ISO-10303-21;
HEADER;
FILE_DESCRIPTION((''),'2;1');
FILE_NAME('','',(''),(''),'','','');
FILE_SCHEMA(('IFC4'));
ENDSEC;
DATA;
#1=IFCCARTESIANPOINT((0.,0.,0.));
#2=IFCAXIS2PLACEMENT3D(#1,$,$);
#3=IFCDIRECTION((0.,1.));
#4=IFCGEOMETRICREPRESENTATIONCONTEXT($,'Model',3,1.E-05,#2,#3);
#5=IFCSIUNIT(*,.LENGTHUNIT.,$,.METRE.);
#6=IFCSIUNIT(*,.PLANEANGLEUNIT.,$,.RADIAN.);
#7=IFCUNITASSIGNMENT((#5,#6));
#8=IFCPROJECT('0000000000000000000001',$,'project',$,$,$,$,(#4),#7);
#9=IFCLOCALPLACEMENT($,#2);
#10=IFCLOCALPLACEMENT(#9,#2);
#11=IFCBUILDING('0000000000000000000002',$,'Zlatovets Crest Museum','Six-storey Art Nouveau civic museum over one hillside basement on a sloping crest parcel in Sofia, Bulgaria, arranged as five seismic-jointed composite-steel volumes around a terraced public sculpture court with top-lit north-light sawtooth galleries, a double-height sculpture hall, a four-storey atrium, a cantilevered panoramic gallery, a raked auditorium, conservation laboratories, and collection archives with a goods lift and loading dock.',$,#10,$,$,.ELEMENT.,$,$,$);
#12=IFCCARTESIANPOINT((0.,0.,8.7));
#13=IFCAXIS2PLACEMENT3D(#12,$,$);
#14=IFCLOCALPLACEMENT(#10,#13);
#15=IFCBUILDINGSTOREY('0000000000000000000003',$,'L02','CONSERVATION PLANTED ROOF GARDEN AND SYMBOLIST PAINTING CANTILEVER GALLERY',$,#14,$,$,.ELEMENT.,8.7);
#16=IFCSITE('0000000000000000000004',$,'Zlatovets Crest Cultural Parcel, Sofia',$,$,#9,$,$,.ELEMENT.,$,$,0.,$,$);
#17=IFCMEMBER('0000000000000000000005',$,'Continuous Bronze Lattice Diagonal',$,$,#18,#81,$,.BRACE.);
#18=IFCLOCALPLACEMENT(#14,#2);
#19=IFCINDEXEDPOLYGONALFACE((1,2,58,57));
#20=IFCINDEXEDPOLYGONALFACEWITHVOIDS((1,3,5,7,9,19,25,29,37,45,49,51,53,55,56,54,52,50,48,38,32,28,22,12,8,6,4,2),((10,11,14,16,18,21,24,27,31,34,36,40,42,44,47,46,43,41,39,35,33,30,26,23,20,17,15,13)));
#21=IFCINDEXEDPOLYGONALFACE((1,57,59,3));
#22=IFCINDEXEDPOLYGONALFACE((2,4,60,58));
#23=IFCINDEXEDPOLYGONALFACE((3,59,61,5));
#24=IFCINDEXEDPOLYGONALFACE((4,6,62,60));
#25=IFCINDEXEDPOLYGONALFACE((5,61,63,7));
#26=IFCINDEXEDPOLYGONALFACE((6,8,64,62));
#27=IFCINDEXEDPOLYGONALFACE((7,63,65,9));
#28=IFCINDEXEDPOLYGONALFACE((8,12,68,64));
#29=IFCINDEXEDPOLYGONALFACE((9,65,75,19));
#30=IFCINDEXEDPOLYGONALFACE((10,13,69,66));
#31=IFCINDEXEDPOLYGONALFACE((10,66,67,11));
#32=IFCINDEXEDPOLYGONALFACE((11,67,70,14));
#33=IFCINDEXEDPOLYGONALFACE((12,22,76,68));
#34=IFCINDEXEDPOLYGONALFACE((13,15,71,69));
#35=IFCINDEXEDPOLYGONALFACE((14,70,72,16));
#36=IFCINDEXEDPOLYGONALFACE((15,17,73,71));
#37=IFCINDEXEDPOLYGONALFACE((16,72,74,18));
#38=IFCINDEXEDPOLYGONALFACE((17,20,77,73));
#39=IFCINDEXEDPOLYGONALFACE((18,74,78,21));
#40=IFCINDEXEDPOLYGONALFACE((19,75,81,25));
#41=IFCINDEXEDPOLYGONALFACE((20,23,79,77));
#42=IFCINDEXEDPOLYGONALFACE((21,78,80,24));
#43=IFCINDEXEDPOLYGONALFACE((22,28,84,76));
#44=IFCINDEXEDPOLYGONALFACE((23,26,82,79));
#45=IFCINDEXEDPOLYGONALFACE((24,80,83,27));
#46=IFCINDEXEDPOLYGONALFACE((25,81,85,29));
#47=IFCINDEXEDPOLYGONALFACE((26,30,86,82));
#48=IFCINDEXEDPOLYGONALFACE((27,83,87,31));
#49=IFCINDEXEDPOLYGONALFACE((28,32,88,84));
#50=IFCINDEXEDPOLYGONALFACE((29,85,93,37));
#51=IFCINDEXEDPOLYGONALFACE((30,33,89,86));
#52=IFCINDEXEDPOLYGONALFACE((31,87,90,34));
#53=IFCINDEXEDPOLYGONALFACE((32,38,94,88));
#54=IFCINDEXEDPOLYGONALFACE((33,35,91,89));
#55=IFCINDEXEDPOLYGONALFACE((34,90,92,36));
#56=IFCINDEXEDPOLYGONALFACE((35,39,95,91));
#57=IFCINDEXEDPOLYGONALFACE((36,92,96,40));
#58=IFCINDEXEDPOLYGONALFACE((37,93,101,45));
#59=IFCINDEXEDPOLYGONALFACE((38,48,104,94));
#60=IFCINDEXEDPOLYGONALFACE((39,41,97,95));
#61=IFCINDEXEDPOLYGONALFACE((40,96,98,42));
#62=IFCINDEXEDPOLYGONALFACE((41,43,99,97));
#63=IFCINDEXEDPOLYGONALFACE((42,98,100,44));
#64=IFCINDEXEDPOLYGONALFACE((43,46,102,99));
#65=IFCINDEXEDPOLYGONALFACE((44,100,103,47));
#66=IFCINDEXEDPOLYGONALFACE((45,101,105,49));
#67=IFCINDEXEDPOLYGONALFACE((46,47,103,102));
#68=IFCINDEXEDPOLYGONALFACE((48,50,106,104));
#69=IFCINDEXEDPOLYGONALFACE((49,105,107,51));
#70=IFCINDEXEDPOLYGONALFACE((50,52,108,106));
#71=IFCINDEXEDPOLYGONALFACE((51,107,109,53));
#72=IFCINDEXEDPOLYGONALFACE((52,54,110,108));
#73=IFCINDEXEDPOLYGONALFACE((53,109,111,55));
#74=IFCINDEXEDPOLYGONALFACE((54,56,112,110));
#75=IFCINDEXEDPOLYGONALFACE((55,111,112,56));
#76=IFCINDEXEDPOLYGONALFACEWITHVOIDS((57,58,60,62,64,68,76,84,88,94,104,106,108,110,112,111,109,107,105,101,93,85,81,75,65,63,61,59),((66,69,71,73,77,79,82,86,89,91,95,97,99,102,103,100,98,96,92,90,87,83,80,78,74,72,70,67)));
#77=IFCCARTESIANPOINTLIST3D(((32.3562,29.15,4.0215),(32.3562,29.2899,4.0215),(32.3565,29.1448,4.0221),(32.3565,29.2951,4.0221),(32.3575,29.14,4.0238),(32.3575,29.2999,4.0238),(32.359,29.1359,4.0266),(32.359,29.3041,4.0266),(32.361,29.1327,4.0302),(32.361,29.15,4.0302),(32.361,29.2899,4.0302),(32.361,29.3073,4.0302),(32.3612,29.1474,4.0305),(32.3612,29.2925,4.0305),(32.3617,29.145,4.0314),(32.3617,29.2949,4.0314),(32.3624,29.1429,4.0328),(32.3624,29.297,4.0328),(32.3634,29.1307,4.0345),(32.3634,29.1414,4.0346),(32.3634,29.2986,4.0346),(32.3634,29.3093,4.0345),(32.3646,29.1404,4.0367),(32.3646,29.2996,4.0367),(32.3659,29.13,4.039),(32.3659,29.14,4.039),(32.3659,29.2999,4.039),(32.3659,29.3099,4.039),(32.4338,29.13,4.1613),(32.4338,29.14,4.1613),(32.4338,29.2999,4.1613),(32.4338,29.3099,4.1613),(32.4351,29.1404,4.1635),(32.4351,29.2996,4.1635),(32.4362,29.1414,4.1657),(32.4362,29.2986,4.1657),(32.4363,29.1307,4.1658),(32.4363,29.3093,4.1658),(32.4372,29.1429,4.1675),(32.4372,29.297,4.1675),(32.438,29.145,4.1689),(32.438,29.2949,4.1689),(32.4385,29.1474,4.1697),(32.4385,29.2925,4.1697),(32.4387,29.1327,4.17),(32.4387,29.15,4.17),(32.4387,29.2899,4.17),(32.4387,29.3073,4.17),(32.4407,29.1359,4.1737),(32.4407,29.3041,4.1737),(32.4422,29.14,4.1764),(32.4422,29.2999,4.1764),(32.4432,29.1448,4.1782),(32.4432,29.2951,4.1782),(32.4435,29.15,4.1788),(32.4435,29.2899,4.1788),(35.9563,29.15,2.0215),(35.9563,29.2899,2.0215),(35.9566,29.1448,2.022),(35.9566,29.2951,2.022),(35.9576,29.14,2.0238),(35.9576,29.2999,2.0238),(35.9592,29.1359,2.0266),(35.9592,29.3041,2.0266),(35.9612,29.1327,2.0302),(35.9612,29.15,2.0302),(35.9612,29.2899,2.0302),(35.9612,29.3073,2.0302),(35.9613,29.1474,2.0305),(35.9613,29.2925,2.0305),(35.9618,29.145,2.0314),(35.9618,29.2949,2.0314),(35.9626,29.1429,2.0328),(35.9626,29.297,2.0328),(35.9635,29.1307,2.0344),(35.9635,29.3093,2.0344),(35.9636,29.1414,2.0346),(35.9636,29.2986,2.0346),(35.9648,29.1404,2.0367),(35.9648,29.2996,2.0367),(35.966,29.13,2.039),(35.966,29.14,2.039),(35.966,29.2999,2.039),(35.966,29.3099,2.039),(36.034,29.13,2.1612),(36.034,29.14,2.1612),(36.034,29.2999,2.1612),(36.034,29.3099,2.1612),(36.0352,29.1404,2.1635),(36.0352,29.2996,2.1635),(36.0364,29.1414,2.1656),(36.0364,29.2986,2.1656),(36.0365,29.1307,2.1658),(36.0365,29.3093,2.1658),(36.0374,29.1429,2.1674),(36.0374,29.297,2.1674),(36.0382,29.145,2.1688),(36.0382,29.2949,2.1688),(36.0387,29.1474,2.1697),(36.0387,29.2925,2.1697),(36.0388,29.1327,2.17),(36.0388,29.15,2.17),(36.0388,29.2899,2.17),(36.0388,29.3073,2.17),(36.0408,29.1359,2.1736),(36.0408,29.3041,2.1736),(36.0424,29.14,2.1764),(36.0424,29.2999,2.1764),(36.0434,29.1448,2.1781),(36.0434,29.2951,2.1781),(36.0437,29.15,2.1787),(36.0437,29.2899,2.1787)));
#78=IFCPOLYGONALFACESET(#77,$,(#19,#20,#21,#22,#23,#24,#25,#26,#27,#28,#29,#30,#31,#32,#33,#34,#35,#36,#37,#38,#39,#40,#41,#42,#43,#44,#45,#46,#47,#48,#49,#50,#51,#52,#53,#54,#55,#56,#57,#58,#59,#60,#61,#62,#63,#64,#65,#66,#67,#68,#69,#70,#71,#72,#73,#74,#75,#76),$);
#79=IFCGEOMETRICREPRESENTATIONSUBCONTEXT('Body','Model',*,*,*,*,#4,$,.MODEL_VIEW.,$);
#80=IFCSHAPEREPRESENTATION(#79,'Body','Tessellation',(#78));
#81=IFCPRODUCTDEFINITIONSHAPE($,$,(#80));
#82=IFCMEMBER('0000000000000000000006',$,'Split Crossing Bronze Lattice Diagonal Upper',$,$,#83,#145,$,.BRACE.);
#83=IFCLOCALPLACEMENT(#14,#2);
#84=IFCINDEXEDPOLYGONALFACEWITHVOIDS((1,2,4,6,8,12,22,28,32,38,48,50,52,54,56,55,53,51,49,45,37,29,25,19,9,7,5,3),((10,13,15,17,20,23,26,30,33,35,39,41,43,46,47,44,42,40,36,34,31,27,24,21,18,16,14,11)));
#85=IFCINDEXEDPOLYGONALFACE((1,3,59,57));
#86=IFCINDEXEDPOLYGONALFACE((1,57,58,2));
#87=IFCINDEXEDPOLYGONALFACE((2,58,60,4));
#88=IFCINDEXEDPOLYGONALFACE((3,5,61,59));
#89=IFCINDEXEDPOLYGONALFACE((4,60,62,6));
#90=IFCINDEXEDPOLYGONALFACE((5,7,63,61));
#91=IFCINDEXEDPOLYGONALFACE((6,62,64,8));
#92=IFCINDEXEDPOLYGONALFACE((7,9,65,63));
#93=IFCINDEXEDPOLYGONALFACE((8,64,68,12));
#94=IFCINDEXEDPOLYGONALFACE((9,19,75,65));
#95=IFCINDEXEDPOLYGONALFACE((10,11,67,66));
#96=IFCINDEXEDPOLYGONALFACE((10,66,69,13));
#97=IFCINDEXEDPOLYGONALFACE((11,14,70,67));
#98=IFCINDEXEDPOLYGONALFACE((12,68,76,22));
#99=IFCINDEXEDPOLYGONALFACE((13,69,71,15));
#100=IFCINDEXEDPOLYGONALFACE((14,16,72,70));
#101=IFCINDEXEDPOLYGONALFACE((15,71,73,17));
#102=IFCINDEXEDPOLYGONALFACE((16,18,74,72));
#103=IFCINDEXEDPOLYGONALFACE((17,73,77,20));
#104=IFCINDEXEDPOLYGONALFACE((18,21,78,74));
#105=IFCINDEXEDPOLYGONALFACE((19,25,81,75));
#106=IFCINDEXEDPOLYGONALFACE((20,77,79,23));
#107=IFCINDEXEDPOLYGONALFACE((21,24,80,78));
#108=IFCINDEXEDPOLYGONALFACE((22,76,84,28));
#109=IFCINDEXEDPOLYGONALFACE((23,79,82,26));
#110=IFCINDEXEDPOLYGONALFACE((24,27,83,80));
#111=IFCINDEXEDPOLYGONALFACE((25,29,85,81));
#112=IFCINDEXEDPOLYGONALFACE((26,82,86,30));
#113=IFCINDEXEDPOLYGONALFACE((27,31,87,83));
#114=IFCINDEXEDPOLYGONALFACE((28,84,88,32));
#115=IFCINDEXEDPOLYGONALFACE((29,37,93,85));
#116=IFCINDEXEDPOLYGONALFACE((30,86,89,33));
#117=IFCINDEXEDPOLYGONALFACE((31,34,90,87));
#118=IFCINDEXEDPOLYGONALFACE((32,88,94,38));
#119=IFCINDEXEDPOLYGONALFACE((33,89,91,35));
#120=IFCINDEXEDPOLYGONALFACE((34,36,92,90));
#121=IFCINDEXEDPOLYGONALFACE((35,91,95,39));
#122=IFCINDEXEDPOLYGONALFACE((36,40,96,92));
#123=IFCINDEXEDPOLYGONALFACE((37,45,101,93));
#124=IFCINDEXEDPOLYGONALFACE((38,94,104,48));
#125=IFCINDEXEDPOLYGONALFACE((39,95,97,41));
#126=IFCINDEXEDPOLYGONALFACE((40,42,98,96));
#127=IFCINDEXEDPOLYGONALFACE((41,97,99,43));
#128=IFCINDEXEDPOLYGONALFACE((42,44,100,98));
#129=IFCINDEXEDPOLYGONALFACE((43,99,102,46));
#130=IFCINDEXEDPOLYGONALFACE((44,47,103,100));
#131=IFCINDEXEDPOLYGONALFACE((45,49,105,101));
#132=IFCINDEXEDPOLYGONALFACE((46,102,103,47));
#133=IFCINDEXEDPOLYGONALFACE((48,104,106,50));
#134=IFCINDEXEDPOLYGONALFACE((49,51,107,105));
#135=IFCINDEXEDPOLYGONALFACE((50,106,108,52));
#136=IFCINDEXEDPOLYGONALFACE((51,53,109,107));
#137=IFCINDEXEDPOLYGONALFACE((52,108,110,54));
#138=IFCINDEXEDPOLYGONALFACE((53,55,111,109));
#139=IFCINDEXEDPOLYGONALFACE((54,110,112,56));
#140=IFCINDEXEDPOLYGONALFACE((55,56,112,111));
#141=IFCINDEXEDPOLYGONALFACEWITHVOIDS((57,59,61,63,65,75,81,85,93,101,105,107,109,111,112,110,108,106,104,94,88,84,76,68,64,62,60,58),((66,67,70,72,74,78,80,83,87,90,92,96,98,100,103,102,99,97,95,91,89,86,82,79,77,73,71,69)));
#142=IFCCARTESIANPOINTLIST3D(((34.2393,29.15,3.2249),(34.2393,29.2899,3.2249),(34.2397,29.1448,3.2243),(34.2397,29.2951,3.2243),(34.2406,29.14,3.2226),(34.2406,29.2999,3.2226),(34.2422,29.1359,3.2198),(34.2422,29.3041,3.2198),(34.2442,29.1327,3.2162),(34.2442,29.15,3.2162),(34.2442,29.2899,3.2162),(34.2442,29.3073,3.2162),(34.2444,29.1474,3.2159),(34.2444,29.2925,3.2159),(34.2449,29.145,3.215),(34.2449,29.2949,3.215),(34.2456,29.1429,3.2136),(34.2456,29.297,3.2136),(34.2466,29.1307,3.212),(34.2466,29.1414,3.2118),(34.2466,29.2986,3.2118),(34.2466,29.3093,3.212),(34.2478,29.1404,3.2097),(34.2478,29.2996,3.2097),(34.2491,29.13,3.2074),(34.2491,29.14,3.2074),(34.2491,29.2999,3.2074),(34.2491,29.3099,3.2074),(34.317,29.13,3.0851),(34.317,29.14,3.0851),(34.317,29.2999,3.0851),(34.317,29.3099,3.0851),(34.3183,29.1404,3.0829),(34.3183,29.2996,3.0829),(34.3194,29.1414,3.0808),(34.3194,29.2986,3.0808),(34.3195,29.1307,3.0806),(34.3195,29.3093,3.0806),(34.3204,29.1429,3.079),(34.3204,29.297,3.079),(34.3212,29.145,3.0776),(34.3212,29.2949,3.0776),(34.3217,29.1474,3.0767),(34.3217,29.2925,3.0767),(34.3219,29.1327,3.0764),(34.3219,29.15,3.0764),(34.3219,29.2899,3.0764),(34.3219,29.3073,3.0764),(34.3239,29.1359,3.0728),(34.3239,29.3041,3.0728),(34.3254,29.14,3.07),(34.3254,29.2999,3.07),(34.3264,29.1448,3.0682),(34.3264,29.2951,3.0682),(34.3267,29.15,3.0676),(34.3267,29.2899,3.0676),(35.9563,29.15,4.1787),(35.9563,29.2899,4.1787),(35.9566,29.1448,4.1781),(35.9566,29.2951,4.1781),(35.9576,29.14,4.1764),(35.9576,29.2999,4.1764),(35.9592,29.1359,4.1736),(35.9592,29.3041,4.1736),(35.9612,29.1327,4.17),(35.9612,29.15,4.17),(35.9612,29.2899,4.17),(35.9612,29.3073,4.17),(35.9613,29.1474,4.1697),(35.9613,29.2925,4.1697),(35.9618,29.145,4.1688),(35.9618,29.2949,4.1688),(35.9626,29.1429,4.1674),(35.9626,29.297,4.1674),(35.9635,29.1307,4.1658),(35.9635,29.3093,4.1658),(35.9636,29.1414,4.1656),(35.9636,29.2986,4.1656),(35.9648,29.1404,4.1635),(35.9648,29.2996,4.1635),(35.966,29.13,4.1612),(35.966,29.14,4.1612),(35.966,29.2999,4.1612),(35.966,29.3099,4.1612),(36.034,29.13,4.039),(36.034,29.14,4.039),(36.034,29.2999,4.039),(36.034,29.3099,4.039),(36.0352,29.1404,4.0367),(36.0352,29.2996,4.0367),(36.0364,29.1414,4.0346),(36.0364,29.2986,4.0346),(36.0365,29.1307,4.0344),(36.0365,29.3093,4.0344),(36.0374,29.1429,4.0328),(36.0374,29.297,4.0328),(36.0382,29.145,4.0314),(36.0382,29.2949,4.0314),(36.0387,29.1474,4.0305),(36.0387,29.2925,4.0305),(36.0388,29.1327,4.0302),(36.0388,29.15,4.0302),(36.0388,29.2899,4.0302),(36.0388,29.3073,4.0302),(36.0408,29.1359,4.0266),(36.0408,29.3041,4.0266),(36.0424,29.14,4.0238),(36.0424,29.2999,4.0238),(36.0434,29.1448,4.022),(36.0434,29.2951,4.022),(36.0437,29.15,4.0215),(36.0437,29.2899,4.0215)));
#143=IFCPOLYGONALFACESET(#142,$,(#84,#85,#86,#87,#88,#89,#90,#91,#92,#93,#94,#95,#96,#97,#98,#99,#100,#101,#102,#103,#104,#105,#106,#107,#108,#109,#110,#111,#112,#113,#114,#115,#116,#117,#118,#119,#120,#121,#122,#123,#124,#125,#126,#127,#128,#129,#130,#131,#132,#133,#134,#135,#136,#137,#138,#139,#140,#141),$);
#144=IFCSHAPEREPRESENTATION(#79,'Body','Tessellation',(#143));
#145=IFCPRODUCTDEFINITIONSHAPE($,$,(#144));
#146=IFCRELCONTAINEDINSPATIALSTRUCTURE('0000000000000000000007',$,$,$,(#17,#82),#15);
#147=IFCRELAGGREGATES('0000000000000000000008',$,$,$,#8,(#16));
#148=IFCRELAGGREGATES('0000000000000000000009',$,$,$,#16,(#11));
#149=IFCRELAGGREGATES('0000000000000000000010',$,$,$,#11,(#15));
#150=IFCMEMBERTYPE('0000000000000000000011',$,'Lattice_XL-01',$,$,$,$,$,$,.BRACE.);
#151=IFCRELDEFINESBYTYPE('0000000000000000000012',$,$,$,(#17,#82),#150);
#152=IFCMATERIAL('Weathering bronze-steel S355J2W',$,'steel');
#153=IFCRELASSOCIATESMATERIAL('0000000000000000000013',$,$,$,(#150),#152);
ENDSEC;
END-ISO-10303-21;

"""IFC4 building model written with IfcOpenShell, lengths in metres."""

from ifc_helpers import new_model, si_unit, direction, frame, origin, origin_2d, place, context, subcontext, project, spatial, hollow_rectangle, extrude, material, material_profile, profile_set, type_object, element, save


model = new_model("IFC4")

# Units and contexts
model_context = context("Model", 3, precision=1e-05, world=origin(), true_north=direction((0.0, 1.0)))
body_context = subcontext(model_context, "Body", "Model", "MODEL_VIEW")
ifc_project = project(units=[si_unit("LENGTHUNIT", "METRE"), si_unit("PLANEANGLEUNIT", "RADIAN")], contexts=[model_context])

# Site, building, storey
site_placement = place(None, origin())
site = spatial("IfcSite", under=ifc_project, at=site_placement, Name="Zlatovets Crest Cultural Parcel, Sofia", CompositionType="ELEMENT", RefElevation=0.0)
building_placement = place(site_placement, origin())
building = spatial("IfcBuilding", under=site, at=building_placement, Name="Zlatovets Crest Museum", Description="Six-storey Art Nouveau civic museum over one hillside basement on a sloping crest parcel in Sofia, Bulgaria, arranged as five seismic-jointed composite-steel volumes around a terraced public sculpture court with top-lit north-light sawtooth galleries, a double-height sculpture hall, a four-storey atrium, a cantilevered panoramic gallery, a raked auditorium, conservation laboratories, and collection archives with a goods lift and loading dock.", CompositionType="ELEMENT")
storey_placement = place(building_placement, frame((0.0, 0.0, 8.7)))
storey = spatial("IfcBuildingStorey", under=building, at=storey_placement, Name="L02", Description="CONSERVATION PLANTED ROOF GARDEN AND SYMBOLIST PAINTING CANTILEVER GALLERY", CompositionType="ELEMENT", Elevation=8.7)

# Members
ifc_material_1 = material(Name="Weathering bronze-steel S355J2W", Category="steel")
ifc_material_profile_1 = material_profile(ifc_material_1, hollow_rectangle(XDim=0.1799, YDim=0.1799, WallThickness=0.01, InnerFilletRadius=0.01, OuterFilletRadius=0.02, at=origin_2d()), Name="SHS 180x180x10.0")
ifc_profile_set_1 = profile_set([ifc_material_profile_1], Name="Weathering bronze-steel S355J2W")
member_type_1 = type_object("IfcMemberType", Name="Lattice_XL-01", PredefinedType="BRACE", material=ifc_profile_set_1)
member_1_placement = place(storey_placement, frame((36.0, 29.22, 2.1001), z_axis=(-0.874163, 0.0, 0.485633), x_axis=(0.0, -1.0, 0.0)))
element("IfcMember", 1, at=member_1_placement, inside=storey, type_object=member_type_1, Name="Continuous Bronze Lattice Diagonal", PredefinedType="BRACE", context=body_context, shape_type="SweptSolid", body=[
    extrude(hollow_rectangle(XDim=0.1799, YDim=0.1799, WallThickness=0.01, InnerFilletRadius=0.01, OuterFilletRadius=0.02, at=origin_2d()), origin(), (0.0, 0.0, 1.0), 4.1184),
])
member_2_placement = place(storey_placement, frame((36.0, 29.22, 4.1001), z_axis=(-0.874169, 0.0, -0.485622), x_axis=(0.0, -1.0, 0.0)))
element("IfcMember", 2, at=member_2_placement, inside=storey, type_object=member_type_1, Name="Split Crossing Bronze Lattice Diagonal Upper", PredefinedType="BRACE", context=body_context, shape_type="SweptSolid", body=[
    extrude(hollow_rectangle(XDim=0.1799, YDim=0.1799, WallThickness=0.01, InnerFilletRadius=0.01, OuterFilletRadius=0.02, at=origin_2d()), origin(), (0.0, 0.0, 1.0), 1.9641),
])

save(model, "model.ifc")
